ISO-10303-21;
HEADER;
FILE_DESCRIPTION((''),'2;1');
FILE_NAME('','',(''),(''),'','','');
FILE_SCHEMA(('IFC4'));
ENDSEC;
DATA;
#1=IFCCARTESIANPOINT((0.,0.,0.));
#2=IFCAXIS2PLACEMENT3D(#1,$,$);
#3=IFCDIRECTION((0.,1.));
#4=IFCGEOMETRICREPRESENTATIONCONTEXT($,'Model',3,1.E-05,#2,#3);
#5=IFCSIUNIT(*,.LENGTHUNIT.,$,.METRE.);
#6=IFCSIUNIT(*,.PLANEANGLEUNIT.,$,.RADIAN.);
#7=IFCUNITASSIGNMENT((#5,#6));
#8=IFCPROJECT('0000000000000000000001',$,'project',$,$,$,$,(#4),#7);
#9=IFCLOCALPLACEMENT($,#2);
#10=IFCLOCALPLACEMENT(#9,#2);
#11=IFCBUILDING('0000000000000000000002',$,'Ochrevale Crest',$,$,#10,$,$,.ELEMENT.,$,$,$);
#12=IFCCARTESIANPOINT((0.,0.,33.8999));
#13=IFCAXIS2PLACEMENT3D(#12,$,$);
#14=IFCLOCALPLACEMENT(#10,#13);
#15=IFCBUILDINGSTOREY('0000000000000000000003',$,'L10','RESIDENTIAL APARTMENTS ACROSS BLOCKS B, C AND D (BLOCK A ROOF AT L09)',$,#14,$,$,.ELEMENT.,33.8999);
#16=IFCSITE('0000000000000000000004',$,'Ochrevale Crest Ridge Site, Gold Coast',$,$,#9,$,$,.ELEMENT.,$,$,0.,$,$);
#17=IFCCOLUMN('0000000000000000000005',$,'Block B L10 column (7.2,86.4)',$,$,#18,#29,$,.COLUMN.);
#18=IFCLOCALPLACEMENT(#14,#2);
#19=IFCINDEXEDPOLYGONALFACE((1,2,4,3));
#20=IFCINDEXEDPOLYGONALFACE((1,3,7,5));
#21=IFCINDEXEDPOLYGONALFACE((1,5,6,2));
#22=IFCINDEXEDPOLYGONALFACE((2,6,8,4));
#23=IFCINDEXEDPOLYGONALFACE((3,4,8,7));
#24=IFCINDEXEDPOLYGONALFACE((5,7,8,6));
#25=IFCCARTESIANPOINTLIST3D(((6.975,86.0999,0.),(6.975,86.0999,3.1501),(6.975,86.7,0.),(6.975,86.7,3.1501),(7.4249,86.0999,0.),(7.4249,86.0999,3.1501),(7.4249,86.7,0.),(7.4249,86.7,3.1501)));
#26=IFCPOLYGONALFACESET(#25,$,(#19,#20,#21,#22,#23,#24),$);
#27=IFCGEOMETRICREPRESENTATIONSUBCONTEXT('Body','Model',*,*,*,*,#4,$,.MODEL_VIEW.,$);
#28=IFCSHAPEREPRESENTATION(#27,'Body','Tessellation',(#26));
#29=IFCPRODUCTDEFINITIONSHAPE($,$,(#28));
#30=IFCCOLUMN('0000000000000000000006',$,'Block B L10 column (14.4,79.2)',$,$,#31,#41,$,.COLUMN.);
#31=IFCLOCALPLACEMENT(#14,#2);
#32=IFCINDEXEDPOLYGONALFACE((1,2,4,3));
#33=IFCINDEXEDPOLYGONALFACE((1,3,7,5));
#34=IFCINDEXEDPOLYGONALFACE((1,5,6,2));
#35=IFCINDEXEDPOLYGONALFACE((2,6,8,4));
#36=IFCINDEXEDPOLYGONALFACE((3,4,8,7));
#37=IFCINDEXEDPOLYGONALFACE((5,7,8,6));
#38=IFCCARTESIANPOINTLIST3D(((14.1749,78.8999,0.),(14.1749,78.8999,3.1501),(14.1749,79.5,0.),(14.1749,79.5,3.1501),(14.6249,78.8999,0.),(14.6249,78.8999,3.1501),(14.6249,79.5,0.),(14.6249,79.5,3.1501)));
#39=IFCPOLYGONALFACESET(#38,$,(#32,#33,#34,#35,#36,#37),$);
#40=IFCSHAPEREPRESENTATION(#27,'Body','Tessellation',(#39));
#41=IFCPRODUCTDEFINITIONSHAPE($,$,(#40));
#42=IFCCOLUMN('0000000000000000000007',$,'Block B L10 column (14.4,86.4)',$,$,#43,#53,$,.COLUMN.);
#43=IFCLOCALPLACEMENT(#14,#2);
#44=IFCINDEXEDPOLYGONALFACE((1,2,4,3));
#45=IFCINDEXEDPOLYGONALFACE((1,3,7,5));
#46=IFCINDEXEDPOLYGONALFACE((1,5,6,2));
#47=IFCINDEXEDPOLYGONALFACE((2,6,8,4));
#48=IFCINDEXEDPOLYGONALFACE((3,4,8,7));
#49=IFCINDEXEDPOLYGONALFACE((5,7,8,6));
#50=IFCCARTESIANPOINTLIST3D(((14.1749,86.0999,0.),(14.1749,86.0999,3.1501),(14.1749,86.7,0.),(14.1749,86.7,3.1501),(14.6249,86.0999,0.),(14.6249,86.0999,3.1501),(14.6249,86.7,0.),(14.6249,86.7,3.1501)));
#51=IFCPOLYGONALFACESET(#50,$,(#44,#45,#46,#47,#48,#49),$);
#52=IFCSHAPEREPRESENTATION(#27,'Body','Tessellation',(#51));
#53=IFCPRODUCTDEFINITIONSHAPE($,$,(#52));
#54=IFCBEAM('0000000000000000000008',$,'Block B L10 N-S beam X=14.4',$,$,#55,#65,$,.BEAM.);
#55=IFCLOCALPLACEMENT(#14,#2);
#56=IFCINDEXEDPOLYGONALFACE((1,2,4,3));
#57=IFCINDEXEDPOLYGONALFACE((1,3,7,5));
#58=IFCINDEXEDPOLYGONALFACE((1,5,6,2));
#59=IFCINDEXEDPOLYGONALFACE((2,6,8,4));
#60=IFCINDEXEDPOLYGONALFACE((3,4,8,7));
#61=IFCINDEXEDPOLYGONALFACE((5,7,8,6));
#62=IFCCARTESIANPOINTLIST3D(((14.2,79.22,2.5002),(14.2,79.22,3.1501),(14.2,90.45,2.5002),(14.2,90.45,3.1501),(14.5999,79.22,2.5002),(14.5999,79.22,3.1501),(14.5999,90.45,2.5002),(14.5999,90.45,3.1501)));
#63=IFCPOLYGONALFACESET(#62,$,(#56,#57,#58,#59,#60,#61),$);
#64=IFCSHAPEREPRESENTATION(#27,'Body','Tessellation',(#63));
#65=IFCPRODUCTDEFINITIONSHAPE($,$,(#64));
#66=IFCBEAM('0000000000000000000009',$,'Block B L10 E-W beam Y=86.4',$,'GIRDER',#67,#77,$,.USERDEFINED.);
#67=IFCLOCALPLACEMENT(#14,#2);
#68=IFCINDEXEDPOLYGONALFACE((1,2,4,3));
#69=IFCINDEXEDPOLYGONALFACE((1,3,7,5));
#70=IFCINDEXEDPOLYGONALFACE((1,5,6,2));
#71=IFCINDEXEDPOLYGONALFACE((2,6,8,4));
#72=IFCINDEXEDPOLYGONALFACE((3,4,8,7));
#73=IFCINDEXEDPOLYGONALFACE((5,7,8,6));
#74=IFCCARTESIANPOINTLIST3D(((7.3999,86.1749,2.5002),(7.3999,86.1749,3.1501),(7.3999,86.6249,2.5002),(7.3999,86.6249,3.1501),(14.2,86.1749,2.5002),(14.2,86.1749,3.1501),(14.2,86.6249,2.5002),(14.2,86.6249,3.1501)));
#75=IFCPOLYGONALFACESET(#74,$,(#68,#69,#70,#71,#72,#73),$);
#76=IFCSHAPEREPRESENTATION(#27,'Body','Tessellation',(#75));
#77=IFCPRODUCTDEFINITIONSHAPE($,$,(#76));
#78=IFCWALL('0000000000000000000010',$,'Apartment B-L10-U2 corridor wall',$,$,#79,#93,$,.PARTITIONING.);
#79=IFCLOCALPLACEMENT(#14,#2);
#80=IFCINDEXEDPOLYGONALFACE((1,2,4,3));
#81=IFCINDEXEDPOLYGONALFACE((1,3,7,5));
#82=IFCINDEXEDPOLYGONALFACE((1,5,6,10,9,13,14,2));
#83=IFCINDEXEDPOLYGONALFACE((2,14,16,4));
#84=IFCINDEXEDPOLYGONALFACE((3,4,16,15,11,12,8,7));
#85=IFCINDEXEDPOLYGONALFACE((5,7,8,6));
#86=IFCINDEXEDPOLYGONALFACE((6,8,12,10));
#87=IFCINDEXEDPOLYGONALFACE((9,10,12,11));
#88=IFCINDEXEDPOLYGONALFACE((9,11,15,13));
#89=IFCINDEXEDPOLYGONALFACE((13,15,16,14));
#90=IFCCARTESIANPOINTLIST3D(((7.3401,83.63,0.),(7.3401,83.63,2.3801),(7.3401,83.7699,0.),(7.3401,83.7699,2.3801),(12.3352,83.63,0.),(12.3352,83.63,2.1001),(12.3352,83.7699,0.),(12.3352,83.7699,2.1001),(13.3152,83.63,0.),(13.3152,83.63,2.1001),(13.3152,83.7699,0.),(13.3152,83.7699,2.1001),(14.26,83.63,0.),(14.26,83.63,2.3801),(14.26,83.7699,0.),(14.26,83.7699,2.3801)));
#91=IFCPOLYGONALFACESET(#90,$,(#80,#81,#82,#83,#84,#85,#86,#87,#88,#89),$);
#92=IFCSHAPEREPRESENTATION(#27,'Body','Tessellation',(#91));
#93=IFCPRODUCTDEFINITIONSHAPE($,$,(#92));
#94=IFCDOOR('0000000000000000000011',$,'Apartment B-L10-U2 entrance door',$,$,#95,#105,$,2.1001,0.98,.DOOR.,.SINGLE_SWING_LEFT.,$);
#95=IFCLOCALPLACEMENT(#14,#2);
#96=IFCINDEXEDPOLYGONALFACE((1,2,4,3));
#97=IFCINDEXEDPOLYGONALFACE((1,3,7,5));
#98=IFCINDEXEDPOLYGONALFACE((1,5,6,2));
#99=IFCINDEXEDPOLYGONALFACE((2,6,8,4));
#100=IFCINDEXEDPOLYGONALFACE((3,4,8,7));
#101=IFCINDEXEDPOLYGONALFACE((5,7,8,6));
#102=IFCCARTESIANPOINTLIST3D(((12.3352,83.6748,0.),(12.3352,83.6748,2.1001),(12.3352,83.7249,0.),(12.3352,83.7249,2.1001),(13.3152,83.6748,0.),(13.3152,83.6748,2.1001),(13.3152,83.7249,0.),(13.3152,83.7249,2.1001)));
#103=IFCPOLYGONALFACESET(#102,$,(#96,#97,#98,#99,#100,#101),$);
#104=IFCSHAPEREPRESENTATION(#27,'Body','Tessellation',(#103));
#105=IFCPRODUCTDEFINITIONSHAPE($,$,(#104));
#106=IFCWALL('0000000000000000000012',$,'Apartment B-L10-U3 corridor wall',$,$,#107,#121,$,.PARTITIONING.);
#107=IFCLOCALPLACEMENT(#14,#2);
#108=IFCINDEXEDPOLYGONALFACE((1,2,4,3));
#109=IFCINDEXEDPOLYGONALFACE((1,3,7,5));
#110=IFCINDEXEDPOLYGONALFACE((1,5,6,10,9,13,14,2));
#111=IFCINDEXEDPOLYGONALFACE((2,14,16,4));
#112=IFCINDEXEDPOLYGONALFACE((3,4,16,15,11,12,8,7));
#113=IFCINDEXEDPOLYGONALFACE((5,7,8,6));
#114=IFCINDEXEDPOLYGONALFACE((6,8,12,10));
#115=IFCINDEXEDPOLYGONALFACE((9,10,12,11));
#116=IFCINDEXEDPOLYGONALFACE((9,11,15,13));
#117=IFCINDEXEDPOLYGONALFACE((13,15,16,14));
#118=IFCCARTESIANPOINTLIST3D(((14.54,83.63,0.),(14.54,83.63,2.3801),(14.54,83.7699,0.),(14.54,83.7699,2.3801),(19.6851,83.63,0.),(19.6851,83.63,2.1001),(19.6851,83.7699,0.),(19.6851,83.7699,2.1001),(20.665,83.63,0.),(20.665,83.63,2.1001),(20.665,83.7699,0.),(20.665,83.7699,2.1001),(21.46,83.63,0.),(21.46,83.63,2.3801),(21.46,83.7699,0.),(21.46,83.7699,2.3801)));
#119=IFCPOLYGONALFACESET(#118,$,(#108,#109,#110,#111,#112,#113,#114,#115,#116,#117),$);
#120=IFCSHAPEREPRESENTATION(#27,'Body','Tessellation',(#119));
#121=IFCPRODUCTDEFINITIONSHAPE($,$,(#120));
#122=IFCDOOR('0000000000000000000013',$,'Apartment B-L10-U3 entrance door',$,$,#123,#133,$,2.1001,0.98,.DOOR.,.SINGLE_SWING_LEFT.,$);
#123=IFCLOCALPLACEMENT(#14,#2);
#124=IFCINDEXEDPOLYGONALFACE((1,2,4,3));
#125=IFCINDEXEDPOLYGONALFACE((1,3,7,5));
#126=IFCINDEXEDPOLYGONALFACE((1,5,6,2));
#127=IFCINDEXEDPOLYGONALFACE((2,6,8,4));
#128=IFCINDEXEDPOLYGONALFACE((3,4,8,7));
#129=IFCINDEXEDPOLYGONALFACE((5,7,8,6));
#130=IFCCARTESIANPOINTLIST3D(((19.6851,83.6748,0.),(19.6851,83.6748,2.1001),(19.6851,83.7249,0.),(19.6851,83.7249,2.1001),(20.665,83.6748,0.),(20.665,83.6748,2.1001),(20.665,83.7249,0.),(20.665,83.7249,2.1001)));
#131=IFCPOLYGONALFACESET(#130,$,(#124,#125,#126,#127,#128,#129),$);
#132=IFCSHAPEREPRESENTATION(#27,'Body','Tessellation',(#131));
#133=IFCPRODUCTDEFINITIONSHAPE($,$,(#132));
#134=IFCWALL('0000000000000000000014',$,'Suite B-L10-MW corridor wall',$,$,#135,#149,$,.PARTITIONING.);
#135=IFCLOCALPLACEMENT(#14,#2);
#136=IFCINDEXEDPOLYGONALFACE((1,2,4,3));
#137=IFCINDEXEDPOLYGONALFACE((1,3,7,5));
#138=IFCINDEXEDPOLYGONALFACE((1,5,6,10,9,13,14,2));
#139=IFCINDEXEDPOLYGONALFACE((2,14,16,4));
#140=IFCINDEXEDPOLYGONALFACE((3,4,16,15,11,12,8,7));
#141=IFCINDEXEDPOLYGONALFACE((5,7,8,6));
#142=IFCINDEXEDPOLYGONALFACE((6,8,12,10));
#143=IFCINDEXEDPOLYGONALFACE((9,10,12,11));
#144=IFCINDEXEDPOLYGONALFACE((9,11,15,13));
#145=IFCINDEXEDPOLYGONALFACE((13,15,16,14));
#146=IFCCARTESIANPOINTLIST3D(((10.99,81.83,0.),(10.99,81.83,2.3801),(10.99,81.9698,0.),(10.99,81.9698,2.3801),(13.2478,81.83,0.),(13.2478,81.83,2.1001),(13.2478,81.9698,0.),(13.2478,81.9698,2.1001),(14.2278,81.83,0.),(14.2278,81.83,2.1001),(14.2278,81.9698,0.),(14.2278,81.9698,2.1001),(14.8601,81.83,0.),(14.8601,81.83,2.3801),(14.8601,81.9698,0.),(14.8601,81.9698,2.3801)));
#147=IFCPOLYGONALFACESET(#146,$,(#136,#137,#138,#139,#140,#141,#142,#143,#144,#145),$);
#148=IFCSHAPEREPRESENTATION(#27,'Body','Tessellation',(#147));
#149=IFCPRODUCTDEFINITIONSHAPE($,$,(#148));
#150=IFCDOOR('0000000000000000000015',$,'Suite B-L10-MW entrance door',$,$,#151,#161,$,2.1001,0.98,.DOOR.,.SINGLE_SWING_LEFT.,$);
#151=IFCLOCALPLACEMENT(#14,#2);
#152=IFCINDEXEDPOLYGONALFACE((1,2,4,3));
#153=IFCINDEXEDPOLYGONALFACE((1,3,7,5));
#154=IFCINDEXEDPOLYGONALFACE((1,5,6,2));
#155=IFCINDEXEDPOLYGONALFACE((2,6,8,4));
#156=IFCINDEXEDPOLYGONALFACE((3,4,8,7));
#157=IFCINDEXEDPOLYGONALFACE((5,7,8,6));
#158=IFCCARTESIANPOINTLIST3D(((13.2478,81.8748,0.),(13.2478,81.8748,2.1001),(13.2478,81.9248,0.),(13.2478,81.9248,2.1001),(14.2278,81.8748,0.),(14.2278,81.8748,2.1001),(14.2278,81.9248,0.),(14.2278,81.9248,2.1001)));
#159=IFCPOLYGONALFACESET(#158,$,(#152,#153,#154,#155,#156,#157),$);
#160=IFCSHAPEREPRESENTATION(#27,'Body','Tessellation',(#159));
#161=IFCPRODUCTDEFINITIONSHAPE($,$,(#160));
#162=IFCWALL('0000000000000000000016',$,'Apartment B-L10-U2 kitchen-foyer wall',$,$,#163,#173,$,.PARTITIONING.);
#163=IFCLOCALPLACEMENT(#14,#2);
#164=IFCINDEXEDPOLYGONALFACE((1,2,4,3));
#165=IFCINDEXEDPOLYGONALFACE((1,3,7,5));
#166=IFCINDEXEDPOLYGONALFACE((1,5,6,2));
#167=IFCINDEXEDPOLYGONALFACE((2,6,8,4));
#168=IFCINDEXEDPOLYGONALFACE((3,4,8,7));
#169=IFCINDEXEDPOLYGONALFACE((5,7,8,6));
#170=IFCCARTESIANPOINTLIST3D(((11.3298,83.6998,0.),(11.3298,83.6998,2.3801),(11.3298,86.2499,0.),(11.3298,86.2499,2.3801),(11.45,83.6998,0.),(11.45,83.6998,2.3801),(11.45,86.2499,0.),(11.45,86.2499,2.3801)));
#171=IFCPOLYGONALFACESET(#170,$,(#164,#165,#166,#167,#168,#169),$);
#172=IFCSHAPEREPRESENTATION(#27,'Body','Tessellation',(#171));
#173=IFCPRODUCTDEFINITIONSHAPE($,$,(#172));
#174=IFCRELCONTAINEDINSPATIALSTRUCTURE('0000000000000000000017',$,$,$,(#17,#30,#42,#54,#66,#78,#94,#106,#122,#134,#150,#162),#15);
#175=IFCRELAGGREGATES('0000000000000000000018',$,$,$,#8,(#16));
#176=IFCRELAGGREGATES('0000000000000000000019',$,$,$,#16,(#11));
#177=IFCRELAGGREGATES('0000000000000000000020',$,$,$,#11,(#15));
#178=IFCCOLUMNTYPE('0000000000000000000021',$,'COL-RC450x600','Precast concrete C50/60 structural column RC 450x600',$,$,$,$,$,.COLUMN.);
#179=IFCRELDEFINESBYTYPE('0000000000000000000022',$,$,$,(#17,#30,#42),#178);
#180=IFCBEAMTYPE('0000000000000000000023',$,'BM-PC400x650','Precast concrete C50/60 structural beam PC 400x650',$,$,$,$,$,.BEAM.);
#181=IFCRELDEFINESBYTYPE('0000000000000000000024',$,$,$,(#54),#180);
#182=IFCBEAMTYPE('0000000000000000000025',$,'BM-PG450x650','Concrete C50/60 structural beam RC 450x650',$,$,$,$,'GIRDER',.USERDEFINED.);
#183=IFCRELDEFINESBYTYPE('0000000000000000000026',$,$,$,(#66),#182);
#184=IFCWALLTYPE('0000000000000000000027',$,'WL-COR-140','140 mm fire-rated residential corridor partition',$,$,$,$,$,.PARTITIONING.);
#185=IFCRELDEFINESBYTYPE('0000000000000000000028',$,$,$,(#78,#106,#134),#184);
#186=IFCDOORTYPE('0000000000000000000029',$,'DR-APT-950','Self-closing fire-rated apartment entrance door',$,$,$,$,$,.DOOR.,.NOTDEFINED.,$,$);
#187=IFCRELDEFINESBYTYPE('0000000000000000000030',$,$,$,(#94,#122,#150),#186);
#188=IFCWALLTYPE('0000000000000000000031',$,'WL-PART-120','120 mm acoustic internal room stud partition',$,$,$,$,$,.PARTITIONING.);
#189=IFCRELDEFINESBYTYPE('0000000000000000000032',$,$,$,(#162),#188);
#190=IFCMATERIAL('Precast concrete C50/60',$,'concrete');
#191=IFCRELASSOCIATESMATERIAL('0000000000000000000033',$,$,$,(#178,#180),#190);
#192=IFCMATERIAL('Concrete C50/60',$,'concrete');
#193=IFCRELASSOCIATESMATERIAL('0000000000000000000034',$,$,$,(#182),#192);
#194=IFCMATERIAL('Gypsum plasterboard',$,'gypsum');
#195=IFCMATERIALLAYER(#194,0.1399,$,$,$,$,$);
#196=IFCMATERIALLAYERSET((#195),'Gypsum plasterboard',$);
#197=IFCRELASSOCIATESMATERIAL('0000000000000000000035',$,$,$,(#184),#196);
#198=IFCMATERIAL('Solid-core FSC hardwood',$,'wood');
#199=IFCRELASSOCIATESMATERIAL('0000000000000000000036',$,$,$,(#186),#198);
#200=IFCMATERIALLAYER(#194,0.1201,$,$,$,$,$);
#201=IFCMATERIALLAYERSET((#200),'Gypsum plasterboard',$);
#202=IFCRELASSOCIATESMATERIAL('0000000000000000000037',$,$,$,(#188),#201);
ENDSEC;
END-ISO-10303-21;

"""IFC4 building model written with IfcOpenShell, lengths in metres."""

from ifc_helpers import new_model, si_unit, direction, frame, frame_2d, origin, origin_2d, place, context, subcontext, project, spatial, rectangle, extrude, material, layer, layer_set, material_profile, profile_set, type_object, element, fill, save


model = new_model("IFC4")

# Units and contexts
model_context = context("Model", 3, precision=1e-05, world=origin(), true_north=direction((0.0, 1.0)))
body_context = subcontext(model_context, "Body", "Model", "MODEL_VIEW")
ifc_project = project(units=[si_unit("LENGTHUNIT", "METRE"), si_unit("PLANEANGLEUNIT", "RADIAN")], contexts=[model_context])

# Site, building, storey
site_placement = place(None, origin())
site = spatial("IfcSite", under=ifc_project, at=site_placement, Name="Ochrevale Crest Ridge Site, Gold Coast", CompositionType="ELEMENT", RefElevation=0.0)
building_placement = place(site_placement, origin())
building = spatial("IfcBuilding", under=site, at=building_placement, Name="Ochrevale Crest", CompositionType="ELEMENT")
storey_placement = place(building_placement, frame((0.0, 0.0, 33.8999)))
storey = spatial("IfcBuildingStorey", under=building, at=storey_placement, Name="L10", Description="RESIDENTIAL APARTMENTS ACROSS BLOCKS B, C AND D (BLOCK A ROOF AT L09)", CompositionType="ELEMENT", Elevation=33.8999)

# Columns
ifc_material_1 = material(Name="Precast concrete C50/60", Category="concrete")
ifc_material_profile_1 = material_profile(ifc_material_1, rectangle(XDim=0.45, YDim=0.6001, at=origin_2d()), Name="RC 450x600")
ifc_profile_set_1 = profile_set([ifc_material_profile_1], Name="Precast concrete C50/60")
column_type = type_object("IfcColumnType", Name="COL-RC450x600", Description="Precast concrete C50/60 structural column RC 450x600", PredefinedType="COLUMN", material=ifc_profile_set_1)
for number, where, z_axis, x_axis, name in (
    (1, (7.2, 86.3999, 0.0), (0.0, 0.0, 1.0), (1.0, 0.0, 0.0), "Block B L10 column (7.2,86.4)"),
    (2, (14.3999, 79.2, 0.0), (0.0, 0.0, 1.0), (1.0, 0.0, 0.0), "Block B L10 column (14.4,79.2)"),
    (3, (14.3999, 86.3999, 0.0), (0.0, 0.0, 1.0), (1.0, 0.0, 0.0), "Block B L10 column (14.4,86.4)"),
):
    element("IfcColumn", number, at=place(storey_placement, frame(where, z_axis=z_axis, x_axis=x_axis)), inside=storey, type_object=column_type, Name=name, PredefinedType="COLUMN", context=body_context, shape_type="SweptSolid", body=[
        extrude(rectangle(XDim=0.45, YDim=0.6001, at=origin_2d()), origin(), (0.0, 0.0, 1.0), 3.1501),
    ])

# Beams
ifc_material_profile_2 = material_profile(ifc_material_1, rectangle(XDim=0.3999, YDim=0.6499, at=origin_2d()), Name="PC 400x650")
ifc_profile_set_2 = profile_set([ifc_material_profile_2], Name="Precast concrete C50/60")
beam_type_1 = type_object("IfcBeamType", Name="BM-PC400x650", Description="Precast concrete C50/60 structural beam PC 400x650", PredefinedType="BEAM", material=ifc_profile_set_2)
beam_1_placement = place(storey_placement, frame((14.3999, 79.22, 2.8252), z_axis=(0.0, 1.0, 0.0), x_axis=(-1.0, 0.0, 0.0)))
element("IfcBeam", 4, at=beam_1_placement, inside=storey, type_object=beam_type_1, Name="Block B L10 N-S beam X=14.4", PredefinedType="BEAM", context=body_context, shape_type="SweptSolid", body=[
    extrude(rectangle(XDim=0.3999, YDim=0.6499, at=origin_2d()), origin(), (0.0, 0.0, 1.0), 11.23),
])
ifc_material_2 = material(Name="Concrete C50/60", Category="concrete")
ifc_material_profile_3 = material_profile(ifc_material_2, rectangle(XDim=0.45, YDim=0.6499, at=origin_2d()), Name="RC 450x650")
ifc_profile_set_3 = profile_set([ifc_material_profile_3], Name="Concrete C50/60")
beam_type_2 = type_object("IfcBeamType", Name="BM-PG450x650", Description="Concrete C50/60 structural beam RC 450x650", ElementType="GIRDER", PredefinedType="USERDEFINED", material=ifc_profile_set_3)
beam_2_placement = place(storey_placement, frame((7.3999, 86.3999, 2.8252), z_axis=(1.0, 0.0, 0.0), x_axis=(0.0, 1.0, 0.0)))
element("IfcBeam", 5, at=beam_2_placement, inside=storey, type_object=beam_type_2, Name="Block B L10 E-W beam Y=86.4", ObjectType="GIRDER", PredefinedType="USERDEFINED", context=body_context, shape_type="SweptSolid", body=[
    extrude(rectangle(XDim=0.45, YDim=0.6499, at=origin_2d()), origin(), (0.0, 0.0, 1.0), 6.8),
])

# Walls, openings, doors
ifc_material_3 = material(Name="Gypsum plasterboard", Category="gypsum")
ifc_layer_1 = layer(ifc_material_3, 0.1399)
ifc_layer_set_1 = layer_set([ifc_layer_1], Name="Gypsum plasterboard")
wall_type_1 = type_object("IfcWallType", Name="WL-COR-140", Description="140 mm fire-rated residential corridor partition", PredefinedType="PARTITIONING", material=ifc_layer_set_1)
wall_1_placement = place(storey_placement, frame((7.3401, 83.7, 0.0), z_axis=(0.0, 0.0, 1.0), x_axis=(1.0, 0.0, 0.0)))
wall_1 = element("IfcWall", 6, at=wall_1_placement, inside=storey, type_object=wall_type_1, Name="Apartment B-L10-U2 corridor wall", PredefinedType="PARTITIONING", context=body_context, shape_type="SweptSolid", body=[
    extrude(rectangle(XDim=6.9199, YDim=0.1399, at=frame_2d((3.46, 0.0))), origin(), (0.0, 0.0, 1.0), 2.3801),
])
opening_1_placement = place(wall_1_placement, frame((4.9951, 0.0, 0.0)))
opening_1 = element("IfcOpeningElement", 7, at=opening_1_placement, cuts=wall_1, PredefinedType="OPENING", context=body_context, shape_type="SweptSolid", body=[
    extrude(rectangle(XDim=0.98, YDim=2.1001, at=frame_2d((0.49, 1.05))), frame((0.0, 0.0801, 0.0), z_axis=(0.0, -1.0, 0.0), x_axis=(1.0, 0.0, 0.0)), (0.0, 0.0, 1.0), 0.1599),
])
ifc_material_4 = material(Name="Solid-core FSC hardwood", Category="wood")
door_type_1 = type_object("IfcDoorType", Name="DR-APT-950", Description="Self-closing fire-rated apartment entrance door", OperationType="NOTDEFINED", PredefinedType="DOOR", material=ifc_material_4)
door_1_placement = place(opening_1_placement, origin())
door_1 = element("IfcDoor", 8, at=door_1_placement, inside=storey, type_object=door_type_1, Name="Apartment B-L10-U2 entrance door", OperationType="SINGLE_SWING_LEFT", OverallHeight=2.1001, OverallWidth=0.98, PredefinedType="DOOR", context=body_context, shape_type="SweptSolid", body=[
    extrude(rectangle(XDim=0.98, YDim=2.1001, at=frame_2d((0.49, 1.05))), frame((0.0, 0.0249, 0.0), z_axis=(0.0, -1.0, 0.0), x_axis=(1.0, 0.0, 0.0)), (0.0, 0.0, 1.0), 0.05),
])
fill(opening_1, door_1)
wall_2_placement = place(storey_placement, frame((14.54, 83.7, 0.0), z_axis=(0.0, 0.0, 1.0), x_axis=(1.0, 0.0, 0.0)))
wall_2 = element("IfcWall", 9, at=wall_2_placement, inside=storey, type_object=wall_type_1, Name="Apartment B-L10-U3 corridor wall", PredefinedType="PARTITIONING", context=body_context, shape_type="SweptSolid", body=[
    extrude(rectangle(XDim=6.9199, YDim=0.1399, at=frame_2d((3.46, 0.0))), origin(), (0.0, 0.0, 1.0), 2.3801),
])
opening_2_placement = place(wall_2_placement, frame((5.145, 0.0, 0.0)))
opening_2 = element("IfcOpeningElement", 10, at=opening_2_placement, cuts=wall_2, PredefinedType="OPENING", context=body_context, shape_type="SweptSolid", body=[
    extrude(rectangle(XDim=0.98, YDim=2.1001, at=frame_2d((0.49, 1.05))), frame((0.0, 0.0801, 0.0), z_axis=(0.0, -1.0, 0.0), x_axis=(1.0, 0.0, 0.0)), (0.0, 0.0, 1.0), 0.1599),
])
door_2_placement = place(opening_2_placement, origin())
door_2 = element("IfcDoor", 11, at=door_2_placement, inside=storey, type_object=door_type_1, Name="Apartment B-L10-U3 entrance door", OperationType="SINGLE_SWING_LEFT", OverallHeight=2.1001, OverallWidth=0.98, PredefinedType="DOOR", context=body_context, shape_type="SweptSolid", body=[
    extrude(rectangle(XDim=0.98, YDim=2.1001, at=frame_2d((0.49, 1.05))), frame((0.0, 0.0249, 0.0), z_axis=(0.0, -1.0, 0.0), x_axis=(1.0, 0.0, 0.0)), (0.0, 0.0, 1.0), 0.05),
])
fill(opening_2, door_2)
wall_3_placement = place(storey_placement, frame((10.99, 81.8999, 0.0), z_axis=(0.0, 0.0, 1.0), x_axis=(1.0, 0.0, 0.0)))
wall_3 = element("IfcWall", 12, at=wall_3_placement, inside=storey, type_object=wall_type_1, Name="Suite B-L10-MW corridor wall", PredefinedType="PARTITIONING", context=body_context, shape_type="SweptSolid", body=[
    extrude(rectangle(XDim=3.8701, YDim=0.1399, at=frame_2d((1.9351, 0.0))), origin(), (0.0, 0.0, 1.0), 2.3801),
])
opening_3_placement = place(wall_3_placement, frame((2.2578, 0.0, 0.0)))
opening_3 = element("IfcOpeningElement", 13, at=opening_3_placement, cuts=wall_3, PredefinedType="OPENING", context=body_context, shape_type="SweptSolid", body=[
    extrude(rectangle(XDim=0.98, YDim=2.1001, at=frame_2d((0.49, 1.05))), frame((0.0, 0.0801, 0.0), z_axis=(0.0, -1.0, 0.0), x_axis=(1.0, 0.0, 0.0)), (0.0, 0.0, 1.0), 0.1599),
])
door_3_placement = place(opening_3_placement, origin())
door_3 = element("IfcDoor", 14, at=door_3_placement, inside=storey, type_object=door_type_1, Name="Suite B-L10-MW entrance door", OperationType="SINGLE_SWING_LEFT", OverallHeight=2.1001, OverallWidth=0.98, PredefinedType="DOOR", context=body_context, shape_type="SweptSolid", body=[
    extrude(rectangle(XDim=0.98, YDim=2.1001, at=frame_2d((0.49, 1.05))), frame((0.0, 0.0249, 0.0), z_axis=(0.0, -1.0, 0.0), x_axis=(1.0, 0.0, 0.0)), (0.0, 0.0, 1.0), 0.05),
])
fill(opening_3, door_3)

# Wall
ifc_layer_2 = layer(ifc_material_3, 0.1201)
ifc_layer_set_2 = layer_set([ifc_layer_2], Name="Gypsum plasterboard")
wall_type_2 = type_object("IfcWallType", Name="WL-PART-120", Description="120 mm acoustic internal room stud partition", PredefinedType="PARTITIONING", material=ifc_layer_set_2)
wall_4_placement = place(storey_placement, frame((11.3899, 83.7, 0.0), z_axis=(0.0, 0.0, 1.0), x_axis=(0.0, 1.0, 0.0)))
element("IfcWall", 15, at=wall_4_placement, inside=storey, type_object=wall_type_2, Name="Apartment B-L10-U2 kitchen-foyer wall", PredefinedType="PARTITIONING", context=body_context, shape_type="SweptSolid", body=[
    extrude(rectangle(XDim=2.55, YDim=0.1201, at=frame_2d((1.2749, 0.0))), origin(), (0.0, 0.0, 1.0), 2.3801),
])

save(model, "model.ifc")
